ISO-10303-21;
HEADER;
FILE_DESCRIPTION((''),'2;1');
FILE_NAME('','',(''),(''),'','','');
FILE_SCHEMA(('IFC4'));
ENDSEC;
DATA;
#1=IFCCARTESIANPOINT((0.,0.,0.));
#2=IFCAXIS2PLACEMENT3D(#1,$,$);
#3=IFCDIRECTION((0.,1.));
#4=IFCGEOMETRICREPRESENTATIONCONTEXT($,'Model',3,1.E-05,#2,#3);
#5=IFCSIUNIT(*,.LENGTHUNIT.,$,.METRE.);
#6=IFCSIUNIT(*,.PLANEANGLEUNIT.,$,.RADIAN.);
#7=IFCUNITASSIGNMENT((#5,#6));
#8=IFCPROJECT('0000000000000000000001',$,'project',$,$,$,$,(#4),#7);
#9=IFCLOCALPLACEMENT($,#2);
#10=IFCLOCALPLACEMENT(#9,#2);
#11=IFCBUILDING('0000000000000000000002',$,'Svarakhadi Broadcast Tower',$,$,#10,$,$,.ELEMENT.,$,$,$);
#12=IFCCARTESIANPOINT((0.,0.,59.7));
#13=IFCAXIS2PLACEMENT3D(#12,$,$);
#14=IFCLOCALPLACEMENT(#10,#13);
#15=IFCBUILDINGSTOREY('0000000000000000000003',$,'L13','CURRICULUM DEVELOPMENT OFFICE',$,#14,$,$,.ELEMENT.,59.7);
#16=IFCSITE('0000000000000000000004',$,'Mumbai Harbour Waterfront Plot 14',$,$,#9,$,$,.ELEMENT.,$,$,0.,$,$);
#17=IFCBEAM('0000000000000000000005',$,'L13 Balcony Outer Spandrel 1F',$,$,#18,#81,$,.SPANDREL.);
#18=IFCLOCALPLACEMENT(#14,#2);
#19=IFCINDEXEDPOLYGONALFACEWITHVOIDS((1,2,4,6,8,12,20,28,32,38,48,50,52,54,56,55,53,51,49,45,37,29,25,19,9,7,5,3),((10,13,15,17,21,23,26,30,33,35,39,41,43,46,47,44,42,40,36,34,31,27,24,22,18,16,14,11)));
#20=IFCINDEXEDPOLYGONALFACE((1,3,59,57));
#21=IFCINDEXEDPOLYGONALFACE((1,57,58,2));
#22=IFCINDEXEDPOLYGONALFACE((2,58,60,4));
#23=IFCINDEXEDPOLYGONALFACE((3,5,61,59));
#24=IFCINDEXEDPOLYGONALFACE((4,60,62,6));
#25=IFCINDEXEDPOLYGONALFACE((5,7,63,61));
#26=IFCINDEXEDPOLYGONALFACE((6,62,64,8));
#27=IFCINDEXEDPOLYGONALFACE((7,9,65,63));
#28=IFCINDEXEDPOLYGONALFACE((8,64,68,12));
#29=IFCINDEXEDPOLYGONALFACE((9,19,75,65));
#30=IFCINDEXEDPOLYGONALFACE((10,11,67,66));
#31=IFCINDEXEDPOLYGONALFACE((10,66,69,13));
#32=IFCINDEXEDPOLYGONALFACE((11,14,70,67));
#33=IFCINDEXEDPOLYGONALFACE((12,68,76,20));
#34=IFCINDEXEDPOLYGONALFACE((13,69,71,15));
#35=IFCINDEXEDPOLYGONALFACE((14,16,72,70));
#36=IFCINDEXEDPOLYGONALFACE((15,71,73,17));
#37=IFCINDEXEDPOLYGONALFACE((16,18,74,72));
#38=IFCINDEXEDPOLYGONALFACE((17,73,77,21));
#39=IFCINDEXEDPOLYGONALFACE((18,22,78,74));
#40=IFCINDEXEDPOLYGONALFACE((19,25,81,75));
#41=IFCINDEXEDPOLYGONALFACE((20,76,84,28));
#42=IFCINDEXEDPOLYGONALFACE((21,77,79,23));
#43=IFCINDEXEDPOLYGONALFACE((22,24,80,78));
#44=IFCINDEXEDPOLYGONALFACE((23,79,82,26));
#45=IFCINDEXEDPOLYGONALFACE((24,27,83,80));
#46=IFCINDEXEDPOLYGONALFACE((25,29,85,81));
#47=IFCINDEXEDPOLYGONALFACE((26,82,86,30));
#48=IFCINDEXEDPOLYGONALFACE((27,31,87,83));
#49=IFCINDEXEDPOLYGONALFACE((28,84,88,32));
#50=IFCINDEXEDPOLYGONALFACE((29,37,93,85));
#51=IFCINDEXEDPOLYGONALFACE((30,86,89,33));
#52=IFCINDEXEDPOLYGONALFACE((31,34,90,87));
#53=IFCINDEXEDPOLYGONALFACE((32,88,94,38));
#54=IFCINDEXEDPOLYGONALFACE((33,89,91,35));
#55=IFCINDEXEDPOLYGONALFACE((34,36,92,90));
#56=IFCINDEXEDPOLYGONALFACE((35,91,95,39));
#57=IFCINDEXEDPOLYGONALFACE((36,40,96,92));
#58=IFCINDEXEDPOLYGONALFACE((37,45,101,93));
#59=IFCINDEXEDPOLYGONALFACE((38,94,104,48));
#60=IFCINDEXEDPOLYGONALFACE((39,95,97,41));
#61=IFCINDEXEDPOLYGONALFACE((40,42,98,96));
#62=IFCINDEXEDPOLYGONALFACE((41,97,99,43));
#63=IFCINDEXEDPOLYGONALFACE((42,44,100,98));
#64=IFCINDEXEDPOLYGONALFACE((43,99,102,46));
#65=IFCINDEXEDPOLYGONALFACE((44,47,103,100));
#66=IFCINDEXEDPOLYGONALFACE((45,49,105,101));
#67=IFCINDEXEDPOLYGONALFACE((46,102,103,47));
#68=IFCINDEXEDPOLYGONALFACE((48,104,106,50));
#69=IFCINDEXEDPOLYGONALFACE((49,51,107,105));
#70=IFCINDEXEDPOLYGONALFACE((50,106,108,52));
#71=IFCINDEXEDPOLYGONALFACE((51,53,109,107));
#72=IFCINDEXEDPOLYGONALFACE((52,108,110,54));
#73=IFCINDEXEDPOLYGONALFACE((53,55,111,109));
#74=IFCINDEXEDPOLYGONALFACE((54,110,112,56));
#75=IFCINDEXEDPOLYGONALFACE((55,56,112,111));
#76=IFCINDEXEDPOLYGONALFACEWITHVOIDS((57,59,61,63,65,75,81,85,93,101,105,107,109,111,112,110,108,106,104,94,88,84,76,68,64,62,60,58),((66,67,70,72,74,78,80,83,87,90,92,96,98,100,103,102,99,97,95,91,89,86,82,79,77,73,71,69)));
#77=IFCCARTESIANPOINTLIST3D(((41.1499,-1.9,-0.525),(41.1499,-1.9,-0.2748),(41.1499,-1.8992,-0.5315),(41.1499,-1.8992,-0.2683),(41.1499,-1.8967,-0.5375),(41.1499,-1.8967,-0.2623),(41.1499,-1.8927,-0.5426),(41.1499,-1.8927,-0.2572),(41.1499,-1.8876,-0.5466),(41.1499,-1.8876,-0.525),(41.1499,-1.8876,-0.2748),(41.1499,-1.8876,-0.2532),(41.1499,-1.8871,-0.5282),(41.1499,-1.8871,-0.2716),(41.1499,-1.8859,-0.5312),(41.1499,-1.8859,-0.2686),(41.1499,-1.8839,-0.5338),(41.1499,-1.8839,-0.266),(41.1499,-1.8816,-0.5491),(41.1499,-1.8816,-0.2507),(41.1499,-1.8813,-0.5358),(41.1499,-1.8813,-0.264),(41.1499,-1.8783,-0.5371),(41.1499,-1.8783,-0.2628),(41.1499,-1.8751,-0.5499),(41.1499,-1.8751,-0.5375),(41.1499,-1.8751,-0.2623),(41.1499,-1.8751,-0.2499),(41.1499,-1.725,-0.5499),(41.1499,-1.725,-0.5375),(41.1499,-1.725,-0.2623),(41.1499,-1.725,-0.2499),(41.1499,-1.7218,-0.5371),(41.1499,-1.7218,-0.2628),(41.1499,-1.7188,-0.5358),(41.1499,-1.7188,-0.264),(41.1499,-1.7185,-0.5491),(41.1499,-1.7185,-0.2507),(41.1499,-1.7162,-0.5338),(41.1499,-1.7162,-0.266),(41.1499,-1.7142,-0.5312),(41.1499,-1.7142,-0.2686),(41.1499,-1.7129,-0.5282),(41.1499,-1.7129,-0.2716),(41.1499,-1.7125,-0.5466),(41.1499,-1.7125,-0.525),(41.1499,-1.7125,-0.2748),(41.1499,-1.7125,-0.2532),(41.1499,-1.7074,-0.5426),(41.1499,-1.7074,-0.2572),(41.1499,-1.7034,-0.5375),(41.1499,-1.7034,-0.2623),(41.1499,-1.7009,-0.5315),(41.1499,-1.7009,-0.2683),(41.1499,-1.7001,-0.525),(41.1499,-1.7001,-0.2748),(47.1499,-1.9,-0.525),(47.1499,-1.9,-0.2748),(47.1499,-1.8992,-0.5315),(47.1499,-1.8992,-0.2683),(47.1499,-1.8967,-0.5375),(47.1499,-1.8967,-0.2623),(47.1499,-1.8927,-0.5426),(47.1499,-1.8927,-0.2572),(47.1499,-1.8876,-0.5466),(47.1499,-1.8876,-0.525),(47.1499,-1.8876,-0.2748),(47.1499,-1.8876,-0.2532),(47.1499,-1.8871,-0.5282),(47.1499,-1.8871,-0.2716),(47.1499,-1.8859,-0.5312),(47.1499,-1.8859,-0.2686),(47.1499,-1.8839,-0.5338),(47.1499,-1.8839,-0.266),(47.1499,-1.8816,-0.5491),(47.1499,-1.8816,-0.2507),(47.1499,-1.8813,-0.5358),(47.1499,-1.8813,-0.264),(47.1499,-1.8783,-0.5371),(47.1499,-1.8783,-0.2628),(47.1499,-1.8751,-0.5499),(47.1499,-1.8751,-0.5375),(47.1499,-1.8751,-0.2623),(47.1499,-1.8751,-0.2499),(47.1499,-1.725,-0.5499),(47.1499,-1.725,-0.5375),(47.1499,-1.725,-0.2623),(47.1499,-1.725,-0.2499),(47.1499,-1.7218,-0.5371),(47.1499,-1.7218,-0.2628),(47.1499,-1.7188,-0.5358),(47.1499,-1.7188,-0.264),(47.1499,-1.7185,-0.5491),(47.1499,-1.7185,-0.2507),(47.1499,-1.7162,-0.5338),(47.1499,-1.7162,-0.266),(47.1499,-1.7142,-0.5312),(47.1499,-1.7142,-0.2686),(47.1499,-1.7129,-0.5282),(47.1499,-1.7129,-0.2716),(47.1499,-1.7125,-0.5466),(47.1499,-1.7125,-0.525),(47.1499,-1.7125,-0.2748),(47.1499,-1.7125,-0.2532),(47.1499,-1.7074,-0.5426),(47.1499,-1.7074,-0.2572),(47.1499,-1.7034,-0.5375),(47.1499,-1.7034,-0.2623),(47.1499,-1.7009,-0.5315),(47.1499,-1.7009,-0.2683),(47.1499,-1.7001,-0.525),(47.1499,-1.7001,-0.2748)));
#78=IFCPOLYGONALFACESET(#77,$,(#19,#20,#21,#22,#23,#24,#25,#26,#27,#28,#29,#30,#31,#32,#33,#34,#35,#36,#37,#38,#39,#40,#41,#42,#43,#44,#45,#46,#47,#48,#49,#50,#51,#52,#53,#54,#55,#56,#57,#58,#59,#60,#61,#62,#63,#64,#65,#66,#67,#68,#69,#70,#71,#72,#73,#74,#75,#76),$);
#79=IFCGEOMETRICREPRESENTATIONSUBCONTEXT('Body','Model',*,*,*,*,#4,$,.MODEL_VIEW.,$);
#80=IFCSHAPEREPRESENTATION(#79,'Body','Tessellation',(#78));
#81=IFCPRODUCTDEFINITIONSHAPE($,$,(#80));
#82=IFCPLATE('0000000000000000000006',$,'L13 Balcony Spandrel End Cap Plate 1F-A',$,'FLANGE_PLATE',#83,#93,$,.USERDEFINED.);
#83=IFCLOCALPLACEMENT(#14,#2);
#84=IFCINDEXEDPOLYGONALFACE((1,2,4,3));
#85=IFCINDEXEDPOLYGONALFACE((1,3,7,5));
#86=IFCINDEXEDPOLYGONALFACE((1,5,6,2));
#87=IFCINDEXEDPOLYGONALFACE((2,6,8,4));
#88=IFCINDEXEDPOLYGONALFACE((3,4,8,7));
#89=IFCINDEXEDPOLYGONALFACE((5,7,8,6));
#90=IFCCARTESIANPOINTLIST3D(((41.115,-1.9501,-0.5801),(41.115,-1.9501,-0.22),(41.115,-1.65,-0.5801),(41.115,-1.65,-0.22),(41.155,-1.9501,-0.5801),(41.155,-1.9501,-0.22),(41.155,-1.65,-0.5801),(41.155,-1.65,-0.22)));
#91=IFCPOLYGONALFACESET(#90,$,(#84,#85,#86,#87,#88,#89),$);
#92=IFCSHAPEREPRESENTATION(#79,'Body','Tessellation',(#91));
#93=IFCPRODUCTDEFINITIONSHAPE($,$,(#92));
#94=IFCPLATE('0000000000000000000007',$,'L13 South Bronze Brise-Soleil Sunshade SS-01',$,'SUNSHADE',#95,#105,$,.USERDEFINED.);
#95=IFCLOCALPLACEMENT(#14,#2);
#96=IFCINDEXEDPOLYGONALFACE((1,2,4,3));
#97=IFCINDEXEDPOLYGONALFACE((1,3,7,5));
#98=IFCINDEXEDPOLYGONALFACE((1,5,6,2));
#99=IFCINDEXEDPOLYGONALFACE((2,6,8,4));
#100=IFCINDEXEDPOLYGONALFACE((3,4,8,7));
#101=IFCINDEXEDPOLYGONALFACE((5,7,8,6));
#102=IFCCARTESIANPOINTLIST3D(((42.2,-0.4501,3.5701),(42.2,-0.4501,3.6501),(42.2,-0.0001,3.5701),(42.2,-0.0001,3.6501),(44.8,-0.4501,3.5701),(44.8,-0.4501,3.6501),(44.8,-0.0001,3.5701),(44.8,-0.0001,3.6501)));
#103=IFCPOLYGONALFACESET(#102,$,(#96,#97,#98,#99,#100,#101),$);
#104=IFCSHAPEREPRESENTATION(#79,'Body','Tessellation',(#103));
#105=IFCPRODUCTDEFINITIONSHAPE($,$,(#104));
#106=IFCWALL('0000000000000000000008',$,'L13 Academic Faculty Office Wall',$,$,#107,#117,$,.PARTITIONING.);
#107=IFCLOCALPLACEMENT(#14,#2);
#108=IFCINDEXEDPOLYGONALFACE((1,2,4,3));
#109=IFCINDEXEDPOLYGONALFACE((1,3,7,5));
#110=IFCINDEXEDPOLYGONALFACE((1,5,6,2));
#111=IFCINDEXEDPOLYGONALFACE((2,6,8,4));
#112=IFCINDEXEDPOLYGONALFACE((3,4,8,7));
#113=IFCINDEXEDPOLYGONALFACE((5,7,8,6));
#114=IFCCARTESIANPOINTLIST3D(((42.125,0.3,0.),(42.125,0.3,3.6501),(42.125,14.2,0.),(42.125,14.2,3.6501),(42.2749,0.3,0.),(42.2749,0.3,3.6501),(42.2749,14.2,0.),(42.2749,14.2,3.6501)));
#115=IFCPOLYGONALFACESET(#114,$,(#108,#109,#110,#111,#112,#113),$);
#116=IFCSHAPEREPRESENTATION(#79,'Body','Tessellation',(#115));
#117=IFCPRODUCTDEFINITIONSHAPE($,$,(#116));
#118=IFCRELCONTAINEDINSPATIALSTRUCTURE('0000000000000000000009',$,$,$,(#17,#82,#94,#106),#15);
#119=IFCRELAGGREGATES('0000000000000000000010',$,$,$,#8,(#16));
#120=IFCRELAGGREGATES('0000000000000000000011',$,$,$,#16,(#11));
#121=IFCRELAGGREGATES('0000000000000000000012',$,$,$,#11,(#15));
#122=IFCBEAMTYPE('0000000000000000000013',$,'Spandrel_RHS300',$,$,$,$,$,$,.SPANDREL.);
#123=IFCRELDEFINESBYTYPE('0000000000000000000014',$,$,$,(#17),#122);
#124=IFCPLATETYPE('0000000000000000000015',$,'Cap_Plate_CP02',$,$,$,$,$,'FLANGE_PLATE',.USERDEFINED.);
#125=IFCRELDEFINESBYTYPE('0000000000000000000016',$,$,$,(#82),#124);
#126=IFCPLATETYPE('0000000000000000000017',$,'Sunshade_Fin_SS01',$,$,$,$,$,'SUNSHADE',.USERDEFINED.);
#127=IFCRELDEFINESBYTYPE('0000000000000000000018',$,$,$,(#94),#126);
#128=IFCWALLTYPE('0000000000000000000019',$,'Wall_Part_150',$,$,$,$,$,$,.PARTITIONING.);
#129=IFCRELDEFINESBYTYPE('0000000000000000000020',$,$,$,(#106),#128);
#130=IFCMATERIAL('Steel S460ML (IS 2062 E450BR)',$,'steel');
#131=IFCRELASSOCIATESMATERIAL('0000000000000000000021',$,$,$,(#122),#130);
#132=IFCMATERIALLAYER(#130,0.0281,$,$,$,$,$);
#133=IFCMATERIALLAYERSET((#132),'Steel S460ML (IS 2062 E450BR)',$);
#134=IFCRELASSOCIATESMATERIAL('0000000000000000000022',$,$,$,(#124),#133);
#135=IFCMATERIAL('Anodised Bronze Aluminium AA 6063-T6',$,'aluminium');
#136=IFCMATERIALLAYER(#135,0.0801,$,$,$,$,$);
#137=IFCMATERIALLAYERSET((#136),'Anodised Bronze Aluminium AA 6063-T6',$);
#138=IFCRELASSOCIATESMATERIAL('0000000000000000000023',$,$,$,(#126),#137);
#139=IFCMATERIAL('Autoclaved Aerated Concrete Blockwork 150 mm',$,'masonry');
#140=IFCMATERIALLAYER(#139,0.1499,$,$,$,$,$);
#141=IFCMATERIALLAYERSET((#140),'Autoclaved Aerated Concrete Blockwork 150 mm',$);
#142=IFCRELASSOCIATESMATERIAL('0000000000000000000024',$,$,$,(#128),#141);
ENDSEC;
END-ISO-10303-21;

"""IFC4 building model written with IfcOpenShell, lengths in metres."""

from ifc_helpers import new_model, si_unit, direction, frame, frame_2d, origin, origin_2d, place, context, subcontext, project, spatial, rectangle, hollow_rectangle, extrude, material, layer, layer_set, material_profile, profile_set, type_object, element, save


model = new_model("IFC4")

# Units and contexts
model_context = context("Model", 3, precision=1e-05, world=origin(), true_north=direction((0.0, 1.0)))
body_context = subcontext(model_context, "Body", "Model", "MODEL_VIEW")
ifc_project = project(units=[si_unit("LENGTHUNIT", "METRE"), si_unit("PLANEANGLEUNIT", "RADIAN")], contexts=[model_context])

# Site, building, storey
site_placement = place(None, origin())
site = spatial("IfcSite", under=ifc_project, at=site_placement, Name="Mumbai Harbour Waterfront Plot 14", CompositionType="ELEMENT", RefElevation=0.0)
building_placement = place(site_placement, origin())
building = spatial("IfcBuilding", under=site, at=building_placement, Name="Svarakhadi Broadcast Tower", CompositionType="ELEMENT")
storey_placement = place(building_placement, frame((0.0, 0.0, 59.7)))
storey = spatial("IfcBuildingStorey", under=building, at=storey_placement, Name="L13", Description="CURRICULUM DEVELOPMENT OFFICE", CompositionType="ELEMENT", Elevation=59.7)

# Shared definitions
ifc_material_1 = material(Name="Steel S460ML (IS 2062 E450BR)", Category="steel")

# Shared definitions
ifc_material_2 = material(Name="Anodised Bronze Aluminium AA 6063-T6", Category="aluminium")

# Beam
ifc_material_profile_1 = material_profile(ifc_material_1, hollow_rectangle(XDim=0.2, YDim=0.3, WallThickness=0.0125, InnerFilletRadius=0.0125, OuterFilletRadius=0.0249, at=origin_2d()), Name="RHS 300x200x12.5")
ifc_profile_set_1 = profile_set([ifc_material_profile_1], Name="Steel S460ML (IS 2062 E450BR)")
beam_type_1 = type_object("IfcBeamType", Name="Spandrel_RHS300", PredefinedType="SPANDREL", material=ifc_profile_set_1)
beam_1_placement = place(storey_placement, frame((41.1499, -1.8, -0.3999), z_axis=(1.0, 0.0, 0.0), x_axis=(0.0, 1.0, 0.0)))
element("IfcBeam", 1, at=beam_1_placement, inside=storey, type_object=beam_type_1, Name="L13 Balcony Outer Spandrel 1F", PredefinedType="SPANDREL", context=body_context, shape_type="SweptSolid", body=[
    extrude(hollow_rectangle(XDim=0.2, YDim=0.3, WallThickness=0.0125, InnerFilletRadius=0.0125, OuterFilletRadius=0.0249, at=origin_2d()), origin(), (0.0, 0.0, 1.0), 6.0),
])

# Plates
ifc_layer_1 = layer(ifc_material_1, 0.0281)
ifc_layer_set_1 = layer_set([ifc_layer_1], Name="Steel S460ML (IS 2062 E450BR)")
plate_type_1 = type_object("IfcPlateType", Name="Cap_Plate_CP02", ElementType="FLANGE_PLATE", PredefinedType="USERDEFINED", material=ifc_layer_set_1)
plate_1_placement = place(storey_placement, frame((41.135, -1.8, -0.5801), z_axis=(0.0, 0.0, 1.0), x_axis=(1.0, 0.0, 0.0)))
element("IfcPlate", 2, at=plate_1_placement, inside=storey, type_object=plate_type_1, Name="L13 Balcony Spandrel End Cap Plate 1F-A", ObjectType="FLANGE_PLATE", PredefinedType="USERDEFINED", context=body_context, shape_type="SweptSolid", body=[
    extrude(rectangle(XDim=0.04, YDim=0.3, at=origin_2d()), origin(), (0.0, 0.0, 1.0), 0.3601),
])
ifc_layer_2 = layer(ifc_material_2, 0.0801)
ifc_layer_set_2 = layer_set([ifc_layer_2], Name="Anodised Bronze Aluminium AA 6063-T6")
plate_type_2 = type_object("IfcPlateType", Name="Sunshade_Fin_SS01", ElementType="SUNSHADE", PredefinedType="USERDEFINED", material=ifc_layer_set_2)
plate_2_placement = place(storey_placement, frame((43.5, -0.2251, 3.5701), z_axis=(0.0, 0.0, 1.0), x_axis=(1.0, 0.0, 0.0)))
element("IfcPlate", 3, at=plate_2_placement, inside=storey, type_object=plate_type_2, Name="L13 South Bronze Brise-Soleil Sunshade SS-01", ObjectType="SUNSHADE", PredefinedType="USERDEFINED", context=body_context, shape_type="SweptSolid", body=[
    extrude(rectangle(XDim=2.6001, YDim=0.45, at=origin_2d()), origin(), (0.0, 0.0, 1.0), 0.0801),
])

# Wall
ifc_material_3 = material(Name="Autoclaved Aerated Concrete Blockwork 150 mm", Category="masonry")
ifc_layer_3 = layer(ifc_material_3, 0.1499)
ifc_layer_set_3 = layer_set([ifc_layer_3], Name="Autoclaved Aerated Concrete Blockwork 150 mm")
wall_type = type_object("IfcWallType", Name="Wall_Part_150", PredefinedType="PARTITIONING", material=ifc_layer_set_3)
wall_placement = place(storey_placement, frame((42.2, 0.3, 0.0), z_axis=(0.0, 0.0, 1.0), x_axis=(0.0, 1.0, 0.0)))
element("IfcWall", 4, at=wall_placement, inside=storey, type_object=wall_type, Name="L13 Academic Faculty Office Wall", PredefinedType="PARTITIONING", context=body_context, shape_type="SweptSolid", body=[
    extrude(rectangle(XDim=13.8999, YDim=0.1499, at=frame_2d((6.95, 0.0))), origin(), (0.0, 0.0, 1.0), 3.6501),
])

save(model, "model.ifc")
